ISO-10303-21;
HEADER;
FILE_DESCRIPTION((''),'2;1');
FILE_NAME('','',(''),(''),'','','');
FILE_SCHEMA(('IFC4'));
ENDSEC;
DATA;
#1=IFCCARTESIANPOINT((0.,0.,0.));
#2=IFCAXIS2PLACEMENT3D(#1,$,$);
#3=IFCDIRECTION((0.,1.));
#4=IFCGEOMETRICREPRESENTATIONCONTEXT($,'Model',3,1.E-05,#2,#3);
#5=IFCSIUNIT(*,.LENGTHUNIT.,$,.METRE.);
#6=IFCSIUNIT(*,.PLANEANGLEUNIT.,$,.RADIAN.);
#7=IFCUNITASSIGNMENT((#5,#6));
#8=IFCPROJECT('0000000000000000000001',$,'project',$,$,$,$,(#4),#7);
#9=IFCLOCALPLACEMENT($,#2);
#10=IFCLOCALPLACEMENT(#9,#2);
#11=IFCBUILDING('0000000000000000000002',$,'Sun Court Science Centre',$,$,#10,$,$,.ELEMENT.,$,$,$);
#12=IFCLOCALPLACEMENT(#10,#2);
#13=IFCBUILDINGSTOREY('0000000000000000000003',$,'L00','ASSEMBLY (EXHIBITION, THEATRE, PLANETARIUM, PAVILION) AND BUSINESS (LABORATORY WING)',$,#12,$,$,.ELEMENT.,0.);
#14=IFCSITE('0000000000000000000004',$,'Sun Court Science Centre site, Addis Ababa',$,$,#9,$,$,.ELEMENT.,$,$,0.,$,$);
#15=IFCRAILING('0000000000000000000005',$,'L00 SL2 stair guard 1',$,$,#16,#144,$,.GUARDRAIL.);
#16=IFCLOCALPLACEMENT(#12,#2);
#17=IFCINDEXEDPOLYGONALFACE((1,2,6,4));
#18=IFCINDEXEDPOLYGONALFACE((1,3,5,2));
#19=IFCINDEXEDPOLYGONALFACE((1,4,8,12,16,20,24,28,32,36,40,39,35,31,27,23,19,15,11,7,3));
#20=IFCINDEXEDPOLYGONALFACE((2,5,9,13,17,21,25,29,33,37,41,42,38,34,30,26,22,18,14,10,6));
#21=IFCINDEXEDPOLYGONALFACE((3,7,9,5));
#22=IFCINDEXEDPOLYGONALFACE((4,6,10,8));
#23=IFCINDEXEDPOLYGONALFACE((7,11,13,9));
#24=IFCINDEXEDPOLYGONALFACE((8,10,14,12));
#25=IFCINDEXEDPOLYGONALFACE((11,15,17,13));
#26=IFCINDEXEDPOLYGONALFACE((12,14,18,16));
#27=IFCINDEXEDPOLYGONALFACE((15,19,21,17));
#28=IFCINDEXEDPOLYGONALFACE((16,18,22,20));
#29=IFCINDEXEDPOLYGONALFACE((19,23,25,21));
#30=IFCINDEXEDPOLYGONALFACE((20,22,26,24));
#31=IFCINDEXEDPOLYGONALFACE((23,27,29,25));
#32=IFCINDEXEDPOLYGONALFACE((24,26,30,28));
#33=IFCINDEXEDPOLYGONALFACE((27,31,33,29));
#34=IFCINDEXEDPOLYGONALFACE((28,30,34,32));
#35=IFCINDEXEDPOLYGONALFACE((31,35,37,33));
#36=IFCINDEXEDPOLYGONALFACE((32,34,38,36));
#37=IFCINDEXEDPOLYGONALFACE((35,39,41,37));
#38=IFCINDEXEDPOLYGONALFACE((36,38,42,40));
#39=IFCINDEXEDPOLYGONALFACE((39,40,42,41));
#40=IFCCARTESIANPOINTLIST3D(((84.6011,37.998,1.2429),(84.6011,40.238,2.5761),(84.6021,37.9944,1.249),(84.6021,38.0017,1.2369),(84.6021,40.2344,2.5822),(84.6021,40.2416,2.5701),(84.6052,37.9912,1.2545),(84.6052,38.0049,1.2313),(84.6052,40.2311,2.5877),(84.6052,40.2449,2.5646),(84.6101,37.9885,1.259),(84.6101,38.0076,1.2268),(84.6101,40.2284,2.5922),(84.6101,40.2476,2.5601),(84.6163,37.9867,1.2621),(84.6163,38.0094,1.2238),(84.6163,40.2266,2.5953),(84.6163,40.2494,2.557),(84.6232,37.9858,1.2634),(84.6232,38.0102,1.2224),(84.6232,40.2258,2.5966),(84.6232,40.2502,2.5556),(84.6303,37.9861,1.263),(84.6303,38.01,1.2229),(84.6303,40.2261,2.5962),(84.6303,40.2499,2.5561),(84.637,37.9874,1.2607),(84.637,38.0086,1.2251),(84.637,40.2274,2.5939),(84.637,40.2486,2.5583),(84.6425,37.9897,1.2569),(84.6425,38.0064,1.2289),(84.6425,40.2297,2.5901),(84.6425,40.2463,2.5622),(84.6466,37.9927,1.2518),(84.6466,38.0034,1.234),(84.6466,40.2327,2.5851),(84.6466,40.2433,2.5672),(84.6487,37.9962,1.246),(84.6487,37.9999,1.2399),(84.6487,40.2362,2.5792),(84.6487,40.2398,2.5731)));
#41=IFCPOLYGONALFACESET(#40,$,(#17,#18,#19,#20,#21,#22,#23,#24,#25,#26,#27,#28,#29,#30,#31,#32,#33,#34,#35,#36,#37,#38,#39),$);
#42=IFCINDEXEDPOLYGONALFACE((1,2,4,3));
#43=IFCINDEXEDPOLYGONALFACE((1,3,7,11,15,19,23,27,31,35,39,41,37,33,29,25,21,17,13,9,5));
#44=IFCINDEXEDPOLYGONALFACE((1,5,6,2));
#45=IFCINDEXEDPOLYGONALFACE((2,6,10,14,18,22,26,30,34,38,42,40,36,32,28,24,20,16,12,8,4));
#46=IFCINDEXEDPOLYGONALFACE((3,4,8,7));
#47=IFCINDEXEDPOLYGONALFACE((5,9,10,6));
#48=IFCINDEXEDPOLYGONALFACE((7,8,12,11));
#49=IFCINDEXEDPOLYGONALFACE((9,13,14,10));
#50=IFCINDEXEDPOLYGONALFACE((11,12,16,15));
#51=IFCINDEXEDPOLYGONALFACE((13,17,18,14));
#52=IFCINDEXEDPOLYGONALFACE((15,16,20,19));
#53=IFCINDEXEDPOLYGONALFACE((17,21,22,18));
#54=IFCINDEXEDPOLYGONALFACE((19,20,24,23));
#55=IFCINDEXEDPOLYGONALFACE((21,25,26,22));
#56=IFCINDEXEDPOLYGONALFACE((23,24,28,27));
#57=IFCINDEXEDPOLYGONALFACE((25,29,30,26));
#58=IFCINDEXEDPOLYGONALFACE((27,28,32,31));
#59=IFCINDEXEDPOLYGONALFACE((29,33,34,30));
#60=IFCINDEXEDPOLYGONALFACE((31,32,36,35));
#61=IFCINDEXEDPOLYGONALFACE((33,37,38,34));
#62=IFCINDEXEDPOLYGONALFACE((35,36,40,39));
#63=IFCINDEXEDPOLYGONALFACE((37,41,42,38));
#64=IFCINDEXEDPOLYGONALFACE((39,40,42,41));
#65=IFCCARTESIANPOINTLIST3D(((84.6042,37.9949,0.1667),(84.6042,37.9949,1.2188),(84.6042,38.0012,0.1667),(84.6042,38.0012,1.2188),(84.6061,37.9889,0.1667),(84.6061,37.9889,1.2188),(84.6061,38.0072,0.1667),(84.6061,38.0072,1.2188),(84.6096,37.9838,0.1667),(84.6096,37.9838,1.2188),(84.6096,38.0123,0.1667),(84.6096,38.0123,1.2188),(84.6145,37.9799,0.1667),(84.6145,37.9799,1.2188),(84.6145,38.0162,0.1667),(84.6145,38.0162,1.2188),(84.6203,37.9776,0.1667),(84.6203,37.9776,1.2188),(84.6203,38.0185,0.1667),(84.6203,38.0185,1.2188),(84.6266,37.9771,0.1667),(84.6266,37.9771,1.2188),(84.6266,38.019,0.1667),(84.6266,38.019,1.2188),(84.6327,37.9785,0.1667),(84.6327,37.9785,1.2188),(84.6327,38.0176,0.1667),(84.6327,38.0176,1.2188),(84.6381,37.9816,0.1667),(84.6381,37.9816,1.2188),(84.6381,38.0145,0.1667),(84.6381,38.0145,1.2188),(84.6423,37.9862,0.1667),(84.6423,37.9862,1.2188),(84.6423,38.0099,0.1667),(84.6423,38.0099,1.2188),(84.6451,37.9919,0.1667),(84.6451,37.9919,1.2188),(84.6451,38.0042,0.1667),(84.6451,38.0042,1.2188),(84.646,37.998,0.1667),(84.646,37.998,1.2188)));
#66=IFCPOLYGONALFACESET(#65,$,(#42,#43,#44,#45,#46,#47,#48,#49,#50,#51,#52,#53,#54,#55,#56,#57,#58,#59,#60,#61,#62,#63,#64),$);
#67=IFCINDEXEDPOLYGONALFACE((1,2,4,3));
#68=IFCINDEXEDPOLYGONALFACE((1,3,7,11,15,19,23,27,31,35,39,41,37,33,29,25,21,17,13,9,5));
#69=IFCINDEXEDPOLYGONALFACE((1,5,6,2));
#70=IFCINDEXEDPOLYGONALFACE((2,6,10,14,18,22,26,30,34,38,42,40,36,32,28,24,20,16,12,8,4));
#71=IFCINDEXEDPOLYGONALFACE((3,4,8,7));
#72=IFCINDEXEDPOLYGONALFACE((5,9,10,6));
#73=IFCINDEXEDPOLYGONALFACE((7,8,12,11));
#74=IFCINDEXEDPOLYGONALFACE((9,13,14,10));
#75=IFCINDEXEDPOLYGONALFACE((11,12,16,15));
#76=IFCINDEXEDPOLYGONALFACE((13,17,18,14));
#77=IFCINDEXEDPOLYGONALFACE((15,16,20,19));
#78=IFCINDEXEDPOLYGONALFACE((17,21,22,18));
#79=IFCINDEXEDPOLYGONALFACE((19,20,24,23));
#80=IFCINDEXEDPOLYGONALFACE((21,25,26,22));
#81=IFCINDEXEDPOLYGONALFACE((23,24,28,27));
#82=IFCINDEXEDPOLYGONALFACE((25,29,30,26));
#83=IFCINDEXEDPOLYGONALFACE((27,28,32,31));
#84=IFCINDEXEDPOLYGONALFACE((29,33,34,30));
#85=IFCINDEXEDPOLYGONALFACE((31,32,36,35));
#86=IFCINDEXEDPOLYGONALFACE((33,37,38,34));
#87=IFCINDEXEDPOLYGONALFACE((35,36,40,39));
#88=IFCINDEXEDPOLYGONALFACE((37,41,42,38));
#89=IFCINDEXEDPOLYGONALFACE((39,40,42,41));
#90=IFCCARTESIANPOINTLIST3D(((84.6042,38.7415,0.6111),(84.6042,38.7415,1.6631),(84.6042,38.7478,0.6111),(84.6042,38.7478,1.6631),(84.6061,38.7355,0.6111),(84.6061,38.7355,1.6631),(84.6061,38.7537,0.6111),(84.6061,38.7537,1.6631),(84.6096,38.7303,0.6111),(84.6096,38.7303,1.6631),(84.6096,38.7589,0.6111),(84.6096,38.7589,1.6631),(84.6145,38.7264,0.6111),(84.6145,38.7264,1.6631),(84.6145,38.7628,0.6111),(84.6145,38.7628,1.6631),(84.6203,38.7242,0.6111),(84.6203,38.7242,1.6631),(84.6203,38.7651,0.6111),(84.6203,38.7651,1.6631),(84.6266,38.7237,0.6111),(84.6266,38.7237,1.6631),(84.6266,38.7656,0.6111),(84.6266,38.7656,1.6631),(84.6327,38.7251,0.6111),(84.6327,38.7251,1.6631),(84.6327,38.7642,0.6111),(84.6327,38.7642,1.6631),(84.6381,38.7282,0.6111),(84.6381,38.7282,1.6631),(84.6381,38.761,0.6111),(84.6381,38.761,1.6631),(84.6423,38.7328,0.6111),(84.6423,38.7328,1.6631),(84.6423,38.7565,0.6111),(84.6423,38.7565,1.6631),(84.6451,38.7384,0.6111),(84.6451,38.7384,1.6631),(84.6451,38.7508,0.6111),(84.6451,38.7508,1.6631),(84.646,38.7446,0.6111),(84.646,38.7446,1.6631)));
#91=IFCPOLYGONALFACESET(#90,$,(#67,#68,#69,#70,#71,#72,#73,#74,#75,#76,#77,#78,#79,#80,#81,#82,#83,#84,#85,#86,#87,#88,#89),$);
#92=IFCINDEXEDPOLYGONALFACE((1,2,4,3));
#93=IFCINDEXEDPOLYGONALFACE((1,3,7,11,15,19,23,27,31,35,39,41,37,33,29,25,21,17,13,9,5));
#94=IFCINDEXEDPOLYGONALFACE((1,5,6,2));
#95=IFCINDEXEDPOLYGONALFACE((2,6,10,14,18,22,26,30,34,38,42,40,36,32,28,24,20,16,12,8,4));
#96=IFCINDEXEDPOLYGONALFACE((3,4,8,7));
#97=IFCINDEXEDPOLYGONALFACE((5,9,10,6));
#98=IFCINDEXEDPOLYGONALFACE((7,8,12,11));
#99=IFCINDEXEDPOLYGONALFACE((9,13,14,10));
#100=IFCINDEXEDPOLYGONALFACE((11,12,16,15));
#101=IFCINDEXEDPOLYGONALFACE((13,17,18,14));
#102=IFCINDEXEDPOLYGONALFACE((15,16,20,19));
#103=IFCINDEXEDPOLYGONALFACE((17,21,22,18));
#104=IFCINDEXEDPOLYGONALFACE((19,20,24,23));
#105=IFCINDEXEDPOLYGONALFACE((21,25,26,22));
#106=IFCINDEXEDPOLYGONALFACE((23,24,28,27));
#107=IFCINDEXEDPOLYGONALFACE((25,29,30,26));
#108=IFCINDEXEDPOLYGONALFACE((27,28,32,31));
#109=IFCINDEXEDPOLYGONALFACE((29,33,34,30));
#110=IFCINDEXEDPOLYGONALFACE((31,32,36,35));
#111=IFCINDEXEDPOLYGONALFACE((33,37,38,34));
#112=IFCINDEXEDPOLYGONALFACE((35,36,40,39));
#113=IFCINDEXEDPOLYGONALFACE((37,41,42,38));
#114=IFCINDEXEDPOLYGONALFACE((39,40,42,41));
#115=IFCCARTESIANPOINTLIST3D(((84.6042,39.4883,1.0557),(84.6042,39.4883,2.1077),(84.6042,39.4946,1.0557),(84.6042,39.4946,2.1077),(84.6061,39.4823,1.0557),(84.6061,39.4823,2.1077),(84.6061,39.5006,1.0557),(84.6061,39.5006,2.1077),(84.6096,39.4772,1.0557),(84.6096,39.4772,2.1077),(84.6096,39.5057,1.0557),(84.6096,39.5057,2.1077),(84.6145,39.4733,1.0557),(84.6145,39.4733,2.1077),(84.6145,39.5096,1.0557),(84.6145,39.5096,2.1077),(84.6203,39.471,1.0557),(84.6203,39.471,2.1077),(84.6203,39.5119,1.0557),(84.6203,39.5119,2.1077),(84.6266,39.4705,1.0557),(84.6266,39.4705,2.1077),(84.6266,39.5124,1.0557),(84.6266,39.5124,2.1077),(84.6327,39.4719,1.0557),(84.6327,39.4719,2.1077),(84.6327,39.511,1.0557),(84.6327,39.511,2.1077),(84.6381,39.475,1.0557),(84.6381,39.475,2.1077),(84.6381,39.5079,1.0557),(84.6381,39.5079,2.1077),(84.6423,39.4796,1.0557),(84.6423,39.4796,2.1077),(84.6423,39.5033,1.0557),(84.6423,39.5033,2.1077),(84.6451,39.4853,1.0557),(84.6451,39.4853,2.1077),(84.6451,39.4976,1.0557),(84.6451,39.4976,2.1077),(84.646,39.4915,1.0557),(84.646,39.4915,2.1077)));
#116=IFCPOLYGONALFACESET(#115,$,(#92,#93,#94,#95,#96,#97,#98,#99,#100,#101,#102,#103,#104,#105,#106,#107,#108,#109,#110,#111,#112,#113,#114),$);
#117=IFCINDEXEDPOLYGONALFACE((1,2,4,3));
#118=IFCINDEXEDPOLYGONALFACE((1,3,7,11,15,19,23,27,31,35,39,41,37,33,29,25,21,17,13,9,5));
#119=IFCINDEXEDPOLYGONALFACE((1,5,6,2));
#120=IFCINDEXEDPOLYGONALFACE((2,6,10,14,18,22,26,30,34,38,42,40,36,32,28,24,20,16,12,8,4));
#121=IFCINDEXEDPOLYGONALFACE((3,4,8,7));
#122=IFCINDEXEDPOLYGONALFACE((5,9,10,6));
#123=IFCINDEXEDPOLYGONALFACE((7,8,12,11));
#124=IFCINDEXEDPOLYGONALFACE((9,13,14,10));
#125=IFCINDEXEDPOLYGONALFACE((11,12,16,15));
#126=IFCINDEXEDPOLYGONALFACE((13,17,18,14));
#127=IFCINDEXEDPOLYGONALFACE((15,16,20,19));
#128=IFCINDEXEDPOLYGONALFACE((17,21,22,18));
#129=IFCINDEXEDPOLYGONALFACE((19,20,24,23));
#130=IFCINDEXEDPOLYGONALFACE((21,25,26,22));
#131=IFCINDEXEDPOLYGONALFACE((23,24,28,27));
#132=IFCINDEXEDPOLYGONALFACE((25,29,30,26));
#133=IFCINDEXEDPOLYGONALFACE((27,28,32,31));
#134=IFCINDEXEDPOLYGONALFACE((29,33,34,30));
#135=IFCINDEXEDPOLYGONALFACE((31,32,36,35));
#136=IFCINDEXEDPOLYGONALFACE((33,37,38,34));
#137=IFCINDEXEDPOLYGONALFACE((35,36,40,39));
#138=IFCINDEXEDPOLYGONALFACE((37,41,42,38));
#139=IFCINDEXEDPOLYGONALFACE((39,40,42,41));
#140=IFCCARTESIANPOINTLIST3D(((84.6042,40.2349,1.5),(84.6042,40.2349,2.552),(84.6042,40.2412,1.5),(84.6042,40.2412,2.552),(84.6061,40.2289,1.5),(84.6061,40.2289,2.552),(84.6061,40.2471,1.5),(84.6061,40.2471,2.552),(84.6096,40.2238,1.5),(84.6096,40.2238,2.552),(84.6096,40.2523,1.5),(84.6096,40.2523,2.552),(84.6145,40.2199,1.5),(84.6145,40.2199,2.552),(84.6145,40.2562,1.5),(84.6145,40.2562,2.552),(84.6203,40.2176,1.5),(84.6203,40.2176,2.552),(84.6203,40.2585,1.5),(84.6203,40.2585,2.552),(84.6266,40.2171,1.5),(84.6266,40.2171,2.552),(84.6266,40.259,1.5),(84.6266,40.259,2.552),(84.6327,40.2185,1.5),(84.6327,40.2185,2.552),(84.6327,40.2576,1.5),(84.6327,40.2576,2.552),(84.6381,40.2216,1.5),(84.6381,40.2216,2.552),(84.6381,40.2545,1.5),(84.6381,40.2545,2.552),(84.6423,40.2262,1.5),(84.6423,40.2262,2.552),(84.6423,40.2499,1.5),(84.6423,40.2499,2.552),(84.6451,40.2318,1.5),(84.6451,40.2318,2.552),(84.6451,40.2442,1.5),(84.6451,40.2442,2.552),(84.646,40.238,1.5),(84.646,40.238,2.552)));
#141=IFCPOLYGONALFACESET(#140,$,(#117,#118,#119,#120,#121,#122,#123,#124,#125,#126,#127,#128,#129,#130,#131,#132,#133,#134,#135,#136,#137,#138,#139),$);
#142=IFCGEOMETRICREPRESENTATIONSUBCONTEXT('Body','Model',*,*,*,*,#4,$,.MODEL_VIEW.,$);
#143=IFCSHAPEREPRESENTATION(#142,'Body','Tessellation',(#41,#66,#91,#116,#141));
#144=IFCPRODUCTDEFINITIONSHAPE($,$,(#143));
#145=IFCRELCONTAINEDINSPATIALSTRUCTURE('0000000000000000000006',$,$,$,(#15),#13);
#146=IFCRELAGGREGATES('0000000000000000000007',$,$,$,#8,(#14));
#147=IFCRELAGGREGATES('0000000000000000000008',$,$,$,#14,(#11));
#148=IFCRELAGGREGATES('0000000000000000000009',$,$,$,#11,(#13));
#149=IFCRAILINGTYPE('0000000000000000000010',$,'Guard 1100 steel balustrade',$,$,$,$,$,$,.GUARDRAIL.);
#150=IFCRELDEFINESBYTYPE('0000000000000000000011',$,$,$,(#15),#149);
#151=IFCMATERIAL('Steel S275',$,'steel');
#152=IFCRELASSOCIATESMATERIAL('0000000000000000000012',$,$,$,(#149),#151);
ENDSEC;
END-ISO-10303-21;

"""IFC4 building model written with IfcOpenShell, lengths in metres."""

from ifc_helpers import new_model, si_unit, direction, frame, origin, origin_2d, place, context, subcontext, project, spatial, circle, extrude, material, type_object, element, save


model = new_model("IFC4")

# Units and contexts
model_context = context("Model", 3, precision=1e-05, world=origin(), true_north=direction((0.0, 1.0)))
body_context = subcontext(model_context, "Body", "Model", "MODEL_VIEW")
ifc_project = project(units=[si_unit("LENGTHUNIT", "METRE"), si_unit("PLANEANGLEUNIT", "RADIAN")], contexts=[model_context])

# Site, building, storey
site_placement = place(None, origin())
site = spatial("IfcSite", under=ifc_project, at=site_placement, Name="Sun Court Science Centre site, Addis Ababa", CompositionType="ELEMENT", RefElevation=0.0)
building_placement = place(site_placement, origin())
building = spatial("IfcBuilding", under=site, at=building_placement, Name="Sun Court Science Centre", CompositionType="ELEMENT")
storey_placement = place(building_placement, origin())
storey = spatial("IfcBuildingStorey", under=building, at=storey_placement, Name="L00", Description="ASSEMBLY (EXHIBITION, THEATRE, PLANETARIUM, PAVILION) AND BUSINESS (LABORATORY WING)", CompositionType="ELEMENT", Elevation=0.0)

# Railing
ifc_material_1 = material(Name="Steel S275", Category="steel")
railing_type_1 = type_object("IfcRailingType", Name="Guard 1100 steel balustrade", PredefinedType="GUARDRAIL", material=ifc_material_1)
railing_1_placement = place(storey_placement, frame((84.625, 37.998, 0.1667)))
element("IfcRailing", 1, at=railing_1_placement, inside=storey, type_object=railing_type_1, Name="L00 SL2 stair guard 1", PredefinedType="GUARDRAIL", context=body_context, shape_type="SweptSolid", body=[
    extrude(circle(Radius=0.0239, at=origin_2d()), frame((0.0, 0.0, 1.0762), z_axis=(0.0, 0.859306, 0.511462), x_axis=(-1.0, 0.0, 0.0)), (0.0, 0.0, 1.0), 2.6067),
    extrude(circle(Radius=0.021, at=origin_2d()), origin(), (0.0, 0.0, 1.0), 1.052),
    extrude(circle(Radius=0.021, at=origin_2d()), frame((0.0, 0.7466, 0.4443)), (0.0, 0.0, 1.0), 1.052),
    extrude(circle(Radius=0.021, at=origin_2d()), frame((0.0, 1.4934, 0.8889)), (0.0, 0.0, 1.0), 1.052),
    extrude(circle(Radius=0.021, at=origin_2d()), frame((0.0, 2.24, 1.3333)), (0.0, 0.0, 1.0), 1.052),
])

save(model, "model.ifc")
